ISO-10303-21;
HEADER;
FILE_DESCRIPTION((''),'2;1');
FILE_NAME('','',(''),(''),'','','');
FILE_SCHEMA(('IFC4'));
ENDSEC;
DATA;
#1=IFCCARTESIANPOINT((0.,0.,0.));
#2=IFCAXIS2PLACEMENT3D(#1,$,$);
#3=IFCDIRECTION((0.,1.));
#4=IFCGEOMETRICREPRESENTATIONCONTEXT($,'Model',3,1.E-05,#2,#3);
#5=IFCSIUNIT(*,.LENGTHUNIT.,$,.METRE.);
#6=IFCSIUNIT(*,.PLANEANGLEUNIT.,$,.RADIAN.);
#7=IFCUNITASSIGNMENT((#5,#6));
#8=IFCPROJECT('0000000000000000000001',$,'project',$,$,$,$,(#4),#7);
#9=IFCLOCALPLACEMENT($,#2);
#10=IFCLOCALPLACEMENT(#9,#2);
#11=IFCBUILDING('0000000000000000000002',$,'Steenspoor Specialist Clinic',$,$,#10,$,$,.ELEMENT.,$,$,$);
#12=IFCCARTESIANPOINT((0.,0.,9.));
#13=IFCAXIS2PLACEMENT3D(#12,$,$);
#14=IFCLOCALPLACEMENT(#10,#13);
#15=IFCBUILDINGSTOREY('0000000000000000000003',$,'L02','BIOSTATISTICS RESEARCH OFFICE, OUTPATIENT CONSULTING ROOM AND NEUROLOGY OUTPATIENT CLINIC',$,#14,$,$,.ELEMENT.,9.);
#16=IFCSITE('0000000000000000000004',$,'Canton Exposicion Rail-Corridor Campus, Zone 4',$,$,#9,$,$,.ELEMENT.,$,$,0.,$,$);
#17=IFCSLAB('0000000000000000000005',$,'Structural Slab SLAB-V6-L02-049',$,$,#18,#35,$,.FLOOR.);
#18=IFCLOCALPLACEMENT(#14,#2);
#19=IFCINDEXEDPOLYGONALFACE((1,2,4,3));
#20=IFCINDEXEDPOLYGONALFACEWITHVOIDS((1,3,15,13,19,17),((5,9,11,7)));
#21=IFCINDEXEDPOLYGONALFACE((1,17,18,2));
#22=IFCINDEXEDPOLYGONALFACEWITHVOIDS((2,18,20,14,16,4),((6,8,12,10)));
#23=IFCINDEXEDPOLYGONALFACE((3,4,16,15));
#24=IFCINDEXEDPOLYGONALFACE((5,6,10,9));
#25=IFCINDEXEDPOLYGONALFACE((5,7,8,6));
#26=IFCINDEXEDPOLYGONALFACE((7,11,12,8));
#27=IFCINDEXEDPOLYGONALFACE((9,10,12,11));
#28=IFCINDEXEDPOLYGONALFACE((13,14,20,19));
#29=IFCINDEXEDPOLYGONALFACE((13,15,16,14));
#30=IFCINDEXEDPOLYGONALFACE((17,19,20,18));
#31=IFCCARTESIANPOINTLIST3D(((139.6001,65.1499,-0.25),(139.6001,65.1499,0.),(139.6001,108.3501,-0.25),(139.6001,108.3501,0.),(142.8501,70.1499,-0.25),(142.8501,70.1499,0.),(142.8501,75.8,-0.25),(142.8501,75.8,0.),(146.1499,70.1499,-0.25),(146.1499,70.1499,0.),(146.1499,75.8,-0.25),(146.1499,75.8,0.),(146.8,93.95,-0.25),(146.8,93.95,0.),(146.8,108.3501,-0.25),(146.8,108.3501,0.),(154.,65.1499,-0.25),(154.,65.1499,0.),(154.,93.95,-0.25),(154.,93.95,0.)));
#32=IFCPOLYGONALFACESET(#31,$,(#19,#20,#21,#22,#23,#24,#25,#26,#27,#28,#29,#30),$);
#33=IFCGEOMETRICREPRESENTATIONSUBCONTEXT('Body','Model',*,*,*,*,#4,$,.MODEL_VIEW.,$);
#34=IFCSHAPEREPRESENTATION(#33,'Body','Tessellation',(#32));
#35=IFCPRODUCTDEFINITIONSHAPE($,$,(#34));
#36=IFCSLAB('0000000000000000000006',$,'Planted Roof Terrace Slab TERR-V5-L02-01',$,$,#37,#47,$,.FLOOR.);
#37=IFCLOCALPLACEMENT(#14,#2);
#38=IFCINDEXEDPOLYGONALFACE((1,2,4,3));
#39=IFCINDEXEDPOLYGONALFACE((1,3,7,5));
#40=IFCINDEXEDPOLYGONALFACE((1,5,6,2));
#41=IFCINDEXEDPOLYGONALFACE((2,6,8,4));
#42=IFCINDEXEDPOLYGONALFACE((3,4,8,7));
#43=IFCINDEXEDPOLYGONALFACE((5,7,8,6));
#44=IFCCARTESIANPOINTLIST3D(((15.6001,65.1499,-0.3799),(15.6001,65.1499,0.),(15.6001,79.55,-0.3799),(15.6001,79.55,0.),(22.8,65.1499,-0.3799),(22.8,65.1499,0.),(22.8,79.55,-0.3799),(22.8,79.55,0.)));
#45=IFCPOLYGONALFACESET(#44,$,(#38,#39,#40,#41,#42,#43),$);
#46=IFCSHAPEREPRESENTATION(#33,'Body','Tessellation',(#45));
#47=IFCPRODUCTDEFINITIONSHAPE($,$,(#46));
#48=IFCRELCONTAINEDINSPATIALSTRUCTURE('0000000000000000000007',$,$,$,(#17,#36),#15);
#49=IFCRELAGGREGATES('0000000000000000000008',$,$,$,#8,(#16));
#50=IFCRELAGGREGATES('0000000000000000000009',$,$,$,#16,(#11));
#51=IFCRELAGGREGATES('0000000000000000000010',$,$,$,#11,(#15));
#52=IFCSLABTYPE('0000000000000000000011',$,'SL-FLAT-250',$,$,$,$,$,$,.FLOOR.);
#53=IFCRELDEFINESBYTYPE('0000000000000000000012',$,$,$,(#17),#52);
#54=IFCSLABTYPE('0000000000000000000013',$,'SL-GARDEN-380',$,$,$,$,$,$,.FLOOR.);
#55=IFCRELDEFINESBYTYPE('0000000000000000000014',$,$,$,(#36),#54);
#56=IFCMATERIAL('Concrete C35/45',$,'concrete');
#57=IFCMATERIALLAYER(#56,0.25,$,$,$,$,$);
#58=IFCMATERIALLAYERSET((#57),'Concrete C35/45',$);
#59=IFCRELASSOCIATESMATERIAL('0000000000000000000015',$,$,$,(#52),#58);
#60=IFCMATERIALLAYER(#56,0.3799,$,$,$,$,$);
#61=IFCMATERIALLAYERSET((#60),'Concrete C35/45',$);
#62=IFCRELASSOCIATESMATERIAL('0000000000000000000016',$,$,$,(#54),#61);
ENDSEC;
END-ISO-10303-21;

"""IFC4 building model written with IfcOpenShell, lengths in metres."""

from ifc_helpers import new_model, si_unit, direction, frame, origin, place, context, subcontext, project, spatial, polyline, outline, extrude, material, layer, layer_set, type_object, element, save


model = new_model("IFC4")

# Units and contexts
model_context = context("Model", 3, precision=1e-05, world=origin(), true_north=direction((0.0, 1.0)))
body_context = subcontext(model_context, "Body", "Model", "MODEL_VIEW")
ifc_project = project(units=[si_unit("LENGTHUNIT", "METRE"), si_unit("PLANEANGLEUNIT", "RADIAN")], contexts=[model_context])

# Site, building, storey
site_placement = place(None, origin())
site = spatial("IfcSite", under=ifc_project, at=site_placement, Name="Canton Exposicion Rail-Corridor Campus, Zone 4", CompositionType="ELEMENT", RefElevation=0.0)
building_placement = place(site_placement, origin())
building = spatial("IfcBuilding", under=site, at=building_placement, Name="Steenspoor Specialist Clinic", CompositionType="ELEMENT")
storey_placement = place(building_placement, frame((0.0, 0.0, 9.0)))
storey = spatial("IfcBuildingStorey", under=building, at=storey_placement, Name="L02", Description="BIOSTATISTICS RESEARCH OFFICE, OUTPATIENT CONSULTING ROOM AND NEUROLOGY OUTPATIENT CLINIC", CompositionType="ELEMENT", Elevation=9.0)

# Slabs
ifc_material = material(Name="Concrete C35/45", Category="concrete")
ifc_layer_1 = layer(ifc_material, 0.25)
ifc_layer_set_1 = layer_set([ifc_layer_1], Name="Concrete C35/45")
slab_type_1 = type_object("IfcSlabType", Name="SL-FLAT-250", PredefinedType="FLOOR", material=ifc_layer_set_1)
slab_1_placement = place(storey_placement, frame((0.0, 0.0, -0.25)))
element("IfcSlab", 1, at=slab_1_placement, inside=storey, type_object=slab_type_1, Name="Structural Slab SLAB-V6-L02-049", PredefinedType="FLOOR", context=body_context, shape_type="SweptSolid", body=[
    extrude(outline(polyline([(139.6001, 65.1499), (139.6001, 108.3501), (146.8, 108.3501), (146.8, 93.95), (154.0, 93.95), (154.0, 65.1499), (139.6001, 65.1499)]), holes=[polyline([(142.8501, 70.1499), (146.1499, 70.1499), (146.1499, 75.8), (142.8501, 75.8), (142.8501, 70.1499)])]), origin(), (0.0, 0.0, 1.0), 0.25),
])
ifc_layer_2 = layer(ifc_material, 0.3799)
ifc_layer_set_2 = layer_set([ifc_layer_2], Name="Concrete C35/45")
slab_type_2 = type_object("IfcSlabType", Name="SL-GARDEN-380", PredefinedType="FLOOR", material=ifc_layer_set_2)
slab_2_placement = place(storey_placement, frame((0.0, 0.0, -0.3799)))
element("IfcSlab", 2, at=slab_2_placement, inside=storey, type_object=slab_type_2, Name="Planted Roof Terrace Slab TERR-V5-L02-01", PredefinedType="FLOOR", context=body_context, shape_type="SweptSolid", body=[
    extrude(outline(polyline([(22.8, 65.1499), (22.8, 79.55), (15.6001, 79.55), (15.6001, 65.1499), (22.8, 65.1499)])), origin(), (0.0, 0.0, 1.0), 0.3799),
])

save(model, "model.ifc")
